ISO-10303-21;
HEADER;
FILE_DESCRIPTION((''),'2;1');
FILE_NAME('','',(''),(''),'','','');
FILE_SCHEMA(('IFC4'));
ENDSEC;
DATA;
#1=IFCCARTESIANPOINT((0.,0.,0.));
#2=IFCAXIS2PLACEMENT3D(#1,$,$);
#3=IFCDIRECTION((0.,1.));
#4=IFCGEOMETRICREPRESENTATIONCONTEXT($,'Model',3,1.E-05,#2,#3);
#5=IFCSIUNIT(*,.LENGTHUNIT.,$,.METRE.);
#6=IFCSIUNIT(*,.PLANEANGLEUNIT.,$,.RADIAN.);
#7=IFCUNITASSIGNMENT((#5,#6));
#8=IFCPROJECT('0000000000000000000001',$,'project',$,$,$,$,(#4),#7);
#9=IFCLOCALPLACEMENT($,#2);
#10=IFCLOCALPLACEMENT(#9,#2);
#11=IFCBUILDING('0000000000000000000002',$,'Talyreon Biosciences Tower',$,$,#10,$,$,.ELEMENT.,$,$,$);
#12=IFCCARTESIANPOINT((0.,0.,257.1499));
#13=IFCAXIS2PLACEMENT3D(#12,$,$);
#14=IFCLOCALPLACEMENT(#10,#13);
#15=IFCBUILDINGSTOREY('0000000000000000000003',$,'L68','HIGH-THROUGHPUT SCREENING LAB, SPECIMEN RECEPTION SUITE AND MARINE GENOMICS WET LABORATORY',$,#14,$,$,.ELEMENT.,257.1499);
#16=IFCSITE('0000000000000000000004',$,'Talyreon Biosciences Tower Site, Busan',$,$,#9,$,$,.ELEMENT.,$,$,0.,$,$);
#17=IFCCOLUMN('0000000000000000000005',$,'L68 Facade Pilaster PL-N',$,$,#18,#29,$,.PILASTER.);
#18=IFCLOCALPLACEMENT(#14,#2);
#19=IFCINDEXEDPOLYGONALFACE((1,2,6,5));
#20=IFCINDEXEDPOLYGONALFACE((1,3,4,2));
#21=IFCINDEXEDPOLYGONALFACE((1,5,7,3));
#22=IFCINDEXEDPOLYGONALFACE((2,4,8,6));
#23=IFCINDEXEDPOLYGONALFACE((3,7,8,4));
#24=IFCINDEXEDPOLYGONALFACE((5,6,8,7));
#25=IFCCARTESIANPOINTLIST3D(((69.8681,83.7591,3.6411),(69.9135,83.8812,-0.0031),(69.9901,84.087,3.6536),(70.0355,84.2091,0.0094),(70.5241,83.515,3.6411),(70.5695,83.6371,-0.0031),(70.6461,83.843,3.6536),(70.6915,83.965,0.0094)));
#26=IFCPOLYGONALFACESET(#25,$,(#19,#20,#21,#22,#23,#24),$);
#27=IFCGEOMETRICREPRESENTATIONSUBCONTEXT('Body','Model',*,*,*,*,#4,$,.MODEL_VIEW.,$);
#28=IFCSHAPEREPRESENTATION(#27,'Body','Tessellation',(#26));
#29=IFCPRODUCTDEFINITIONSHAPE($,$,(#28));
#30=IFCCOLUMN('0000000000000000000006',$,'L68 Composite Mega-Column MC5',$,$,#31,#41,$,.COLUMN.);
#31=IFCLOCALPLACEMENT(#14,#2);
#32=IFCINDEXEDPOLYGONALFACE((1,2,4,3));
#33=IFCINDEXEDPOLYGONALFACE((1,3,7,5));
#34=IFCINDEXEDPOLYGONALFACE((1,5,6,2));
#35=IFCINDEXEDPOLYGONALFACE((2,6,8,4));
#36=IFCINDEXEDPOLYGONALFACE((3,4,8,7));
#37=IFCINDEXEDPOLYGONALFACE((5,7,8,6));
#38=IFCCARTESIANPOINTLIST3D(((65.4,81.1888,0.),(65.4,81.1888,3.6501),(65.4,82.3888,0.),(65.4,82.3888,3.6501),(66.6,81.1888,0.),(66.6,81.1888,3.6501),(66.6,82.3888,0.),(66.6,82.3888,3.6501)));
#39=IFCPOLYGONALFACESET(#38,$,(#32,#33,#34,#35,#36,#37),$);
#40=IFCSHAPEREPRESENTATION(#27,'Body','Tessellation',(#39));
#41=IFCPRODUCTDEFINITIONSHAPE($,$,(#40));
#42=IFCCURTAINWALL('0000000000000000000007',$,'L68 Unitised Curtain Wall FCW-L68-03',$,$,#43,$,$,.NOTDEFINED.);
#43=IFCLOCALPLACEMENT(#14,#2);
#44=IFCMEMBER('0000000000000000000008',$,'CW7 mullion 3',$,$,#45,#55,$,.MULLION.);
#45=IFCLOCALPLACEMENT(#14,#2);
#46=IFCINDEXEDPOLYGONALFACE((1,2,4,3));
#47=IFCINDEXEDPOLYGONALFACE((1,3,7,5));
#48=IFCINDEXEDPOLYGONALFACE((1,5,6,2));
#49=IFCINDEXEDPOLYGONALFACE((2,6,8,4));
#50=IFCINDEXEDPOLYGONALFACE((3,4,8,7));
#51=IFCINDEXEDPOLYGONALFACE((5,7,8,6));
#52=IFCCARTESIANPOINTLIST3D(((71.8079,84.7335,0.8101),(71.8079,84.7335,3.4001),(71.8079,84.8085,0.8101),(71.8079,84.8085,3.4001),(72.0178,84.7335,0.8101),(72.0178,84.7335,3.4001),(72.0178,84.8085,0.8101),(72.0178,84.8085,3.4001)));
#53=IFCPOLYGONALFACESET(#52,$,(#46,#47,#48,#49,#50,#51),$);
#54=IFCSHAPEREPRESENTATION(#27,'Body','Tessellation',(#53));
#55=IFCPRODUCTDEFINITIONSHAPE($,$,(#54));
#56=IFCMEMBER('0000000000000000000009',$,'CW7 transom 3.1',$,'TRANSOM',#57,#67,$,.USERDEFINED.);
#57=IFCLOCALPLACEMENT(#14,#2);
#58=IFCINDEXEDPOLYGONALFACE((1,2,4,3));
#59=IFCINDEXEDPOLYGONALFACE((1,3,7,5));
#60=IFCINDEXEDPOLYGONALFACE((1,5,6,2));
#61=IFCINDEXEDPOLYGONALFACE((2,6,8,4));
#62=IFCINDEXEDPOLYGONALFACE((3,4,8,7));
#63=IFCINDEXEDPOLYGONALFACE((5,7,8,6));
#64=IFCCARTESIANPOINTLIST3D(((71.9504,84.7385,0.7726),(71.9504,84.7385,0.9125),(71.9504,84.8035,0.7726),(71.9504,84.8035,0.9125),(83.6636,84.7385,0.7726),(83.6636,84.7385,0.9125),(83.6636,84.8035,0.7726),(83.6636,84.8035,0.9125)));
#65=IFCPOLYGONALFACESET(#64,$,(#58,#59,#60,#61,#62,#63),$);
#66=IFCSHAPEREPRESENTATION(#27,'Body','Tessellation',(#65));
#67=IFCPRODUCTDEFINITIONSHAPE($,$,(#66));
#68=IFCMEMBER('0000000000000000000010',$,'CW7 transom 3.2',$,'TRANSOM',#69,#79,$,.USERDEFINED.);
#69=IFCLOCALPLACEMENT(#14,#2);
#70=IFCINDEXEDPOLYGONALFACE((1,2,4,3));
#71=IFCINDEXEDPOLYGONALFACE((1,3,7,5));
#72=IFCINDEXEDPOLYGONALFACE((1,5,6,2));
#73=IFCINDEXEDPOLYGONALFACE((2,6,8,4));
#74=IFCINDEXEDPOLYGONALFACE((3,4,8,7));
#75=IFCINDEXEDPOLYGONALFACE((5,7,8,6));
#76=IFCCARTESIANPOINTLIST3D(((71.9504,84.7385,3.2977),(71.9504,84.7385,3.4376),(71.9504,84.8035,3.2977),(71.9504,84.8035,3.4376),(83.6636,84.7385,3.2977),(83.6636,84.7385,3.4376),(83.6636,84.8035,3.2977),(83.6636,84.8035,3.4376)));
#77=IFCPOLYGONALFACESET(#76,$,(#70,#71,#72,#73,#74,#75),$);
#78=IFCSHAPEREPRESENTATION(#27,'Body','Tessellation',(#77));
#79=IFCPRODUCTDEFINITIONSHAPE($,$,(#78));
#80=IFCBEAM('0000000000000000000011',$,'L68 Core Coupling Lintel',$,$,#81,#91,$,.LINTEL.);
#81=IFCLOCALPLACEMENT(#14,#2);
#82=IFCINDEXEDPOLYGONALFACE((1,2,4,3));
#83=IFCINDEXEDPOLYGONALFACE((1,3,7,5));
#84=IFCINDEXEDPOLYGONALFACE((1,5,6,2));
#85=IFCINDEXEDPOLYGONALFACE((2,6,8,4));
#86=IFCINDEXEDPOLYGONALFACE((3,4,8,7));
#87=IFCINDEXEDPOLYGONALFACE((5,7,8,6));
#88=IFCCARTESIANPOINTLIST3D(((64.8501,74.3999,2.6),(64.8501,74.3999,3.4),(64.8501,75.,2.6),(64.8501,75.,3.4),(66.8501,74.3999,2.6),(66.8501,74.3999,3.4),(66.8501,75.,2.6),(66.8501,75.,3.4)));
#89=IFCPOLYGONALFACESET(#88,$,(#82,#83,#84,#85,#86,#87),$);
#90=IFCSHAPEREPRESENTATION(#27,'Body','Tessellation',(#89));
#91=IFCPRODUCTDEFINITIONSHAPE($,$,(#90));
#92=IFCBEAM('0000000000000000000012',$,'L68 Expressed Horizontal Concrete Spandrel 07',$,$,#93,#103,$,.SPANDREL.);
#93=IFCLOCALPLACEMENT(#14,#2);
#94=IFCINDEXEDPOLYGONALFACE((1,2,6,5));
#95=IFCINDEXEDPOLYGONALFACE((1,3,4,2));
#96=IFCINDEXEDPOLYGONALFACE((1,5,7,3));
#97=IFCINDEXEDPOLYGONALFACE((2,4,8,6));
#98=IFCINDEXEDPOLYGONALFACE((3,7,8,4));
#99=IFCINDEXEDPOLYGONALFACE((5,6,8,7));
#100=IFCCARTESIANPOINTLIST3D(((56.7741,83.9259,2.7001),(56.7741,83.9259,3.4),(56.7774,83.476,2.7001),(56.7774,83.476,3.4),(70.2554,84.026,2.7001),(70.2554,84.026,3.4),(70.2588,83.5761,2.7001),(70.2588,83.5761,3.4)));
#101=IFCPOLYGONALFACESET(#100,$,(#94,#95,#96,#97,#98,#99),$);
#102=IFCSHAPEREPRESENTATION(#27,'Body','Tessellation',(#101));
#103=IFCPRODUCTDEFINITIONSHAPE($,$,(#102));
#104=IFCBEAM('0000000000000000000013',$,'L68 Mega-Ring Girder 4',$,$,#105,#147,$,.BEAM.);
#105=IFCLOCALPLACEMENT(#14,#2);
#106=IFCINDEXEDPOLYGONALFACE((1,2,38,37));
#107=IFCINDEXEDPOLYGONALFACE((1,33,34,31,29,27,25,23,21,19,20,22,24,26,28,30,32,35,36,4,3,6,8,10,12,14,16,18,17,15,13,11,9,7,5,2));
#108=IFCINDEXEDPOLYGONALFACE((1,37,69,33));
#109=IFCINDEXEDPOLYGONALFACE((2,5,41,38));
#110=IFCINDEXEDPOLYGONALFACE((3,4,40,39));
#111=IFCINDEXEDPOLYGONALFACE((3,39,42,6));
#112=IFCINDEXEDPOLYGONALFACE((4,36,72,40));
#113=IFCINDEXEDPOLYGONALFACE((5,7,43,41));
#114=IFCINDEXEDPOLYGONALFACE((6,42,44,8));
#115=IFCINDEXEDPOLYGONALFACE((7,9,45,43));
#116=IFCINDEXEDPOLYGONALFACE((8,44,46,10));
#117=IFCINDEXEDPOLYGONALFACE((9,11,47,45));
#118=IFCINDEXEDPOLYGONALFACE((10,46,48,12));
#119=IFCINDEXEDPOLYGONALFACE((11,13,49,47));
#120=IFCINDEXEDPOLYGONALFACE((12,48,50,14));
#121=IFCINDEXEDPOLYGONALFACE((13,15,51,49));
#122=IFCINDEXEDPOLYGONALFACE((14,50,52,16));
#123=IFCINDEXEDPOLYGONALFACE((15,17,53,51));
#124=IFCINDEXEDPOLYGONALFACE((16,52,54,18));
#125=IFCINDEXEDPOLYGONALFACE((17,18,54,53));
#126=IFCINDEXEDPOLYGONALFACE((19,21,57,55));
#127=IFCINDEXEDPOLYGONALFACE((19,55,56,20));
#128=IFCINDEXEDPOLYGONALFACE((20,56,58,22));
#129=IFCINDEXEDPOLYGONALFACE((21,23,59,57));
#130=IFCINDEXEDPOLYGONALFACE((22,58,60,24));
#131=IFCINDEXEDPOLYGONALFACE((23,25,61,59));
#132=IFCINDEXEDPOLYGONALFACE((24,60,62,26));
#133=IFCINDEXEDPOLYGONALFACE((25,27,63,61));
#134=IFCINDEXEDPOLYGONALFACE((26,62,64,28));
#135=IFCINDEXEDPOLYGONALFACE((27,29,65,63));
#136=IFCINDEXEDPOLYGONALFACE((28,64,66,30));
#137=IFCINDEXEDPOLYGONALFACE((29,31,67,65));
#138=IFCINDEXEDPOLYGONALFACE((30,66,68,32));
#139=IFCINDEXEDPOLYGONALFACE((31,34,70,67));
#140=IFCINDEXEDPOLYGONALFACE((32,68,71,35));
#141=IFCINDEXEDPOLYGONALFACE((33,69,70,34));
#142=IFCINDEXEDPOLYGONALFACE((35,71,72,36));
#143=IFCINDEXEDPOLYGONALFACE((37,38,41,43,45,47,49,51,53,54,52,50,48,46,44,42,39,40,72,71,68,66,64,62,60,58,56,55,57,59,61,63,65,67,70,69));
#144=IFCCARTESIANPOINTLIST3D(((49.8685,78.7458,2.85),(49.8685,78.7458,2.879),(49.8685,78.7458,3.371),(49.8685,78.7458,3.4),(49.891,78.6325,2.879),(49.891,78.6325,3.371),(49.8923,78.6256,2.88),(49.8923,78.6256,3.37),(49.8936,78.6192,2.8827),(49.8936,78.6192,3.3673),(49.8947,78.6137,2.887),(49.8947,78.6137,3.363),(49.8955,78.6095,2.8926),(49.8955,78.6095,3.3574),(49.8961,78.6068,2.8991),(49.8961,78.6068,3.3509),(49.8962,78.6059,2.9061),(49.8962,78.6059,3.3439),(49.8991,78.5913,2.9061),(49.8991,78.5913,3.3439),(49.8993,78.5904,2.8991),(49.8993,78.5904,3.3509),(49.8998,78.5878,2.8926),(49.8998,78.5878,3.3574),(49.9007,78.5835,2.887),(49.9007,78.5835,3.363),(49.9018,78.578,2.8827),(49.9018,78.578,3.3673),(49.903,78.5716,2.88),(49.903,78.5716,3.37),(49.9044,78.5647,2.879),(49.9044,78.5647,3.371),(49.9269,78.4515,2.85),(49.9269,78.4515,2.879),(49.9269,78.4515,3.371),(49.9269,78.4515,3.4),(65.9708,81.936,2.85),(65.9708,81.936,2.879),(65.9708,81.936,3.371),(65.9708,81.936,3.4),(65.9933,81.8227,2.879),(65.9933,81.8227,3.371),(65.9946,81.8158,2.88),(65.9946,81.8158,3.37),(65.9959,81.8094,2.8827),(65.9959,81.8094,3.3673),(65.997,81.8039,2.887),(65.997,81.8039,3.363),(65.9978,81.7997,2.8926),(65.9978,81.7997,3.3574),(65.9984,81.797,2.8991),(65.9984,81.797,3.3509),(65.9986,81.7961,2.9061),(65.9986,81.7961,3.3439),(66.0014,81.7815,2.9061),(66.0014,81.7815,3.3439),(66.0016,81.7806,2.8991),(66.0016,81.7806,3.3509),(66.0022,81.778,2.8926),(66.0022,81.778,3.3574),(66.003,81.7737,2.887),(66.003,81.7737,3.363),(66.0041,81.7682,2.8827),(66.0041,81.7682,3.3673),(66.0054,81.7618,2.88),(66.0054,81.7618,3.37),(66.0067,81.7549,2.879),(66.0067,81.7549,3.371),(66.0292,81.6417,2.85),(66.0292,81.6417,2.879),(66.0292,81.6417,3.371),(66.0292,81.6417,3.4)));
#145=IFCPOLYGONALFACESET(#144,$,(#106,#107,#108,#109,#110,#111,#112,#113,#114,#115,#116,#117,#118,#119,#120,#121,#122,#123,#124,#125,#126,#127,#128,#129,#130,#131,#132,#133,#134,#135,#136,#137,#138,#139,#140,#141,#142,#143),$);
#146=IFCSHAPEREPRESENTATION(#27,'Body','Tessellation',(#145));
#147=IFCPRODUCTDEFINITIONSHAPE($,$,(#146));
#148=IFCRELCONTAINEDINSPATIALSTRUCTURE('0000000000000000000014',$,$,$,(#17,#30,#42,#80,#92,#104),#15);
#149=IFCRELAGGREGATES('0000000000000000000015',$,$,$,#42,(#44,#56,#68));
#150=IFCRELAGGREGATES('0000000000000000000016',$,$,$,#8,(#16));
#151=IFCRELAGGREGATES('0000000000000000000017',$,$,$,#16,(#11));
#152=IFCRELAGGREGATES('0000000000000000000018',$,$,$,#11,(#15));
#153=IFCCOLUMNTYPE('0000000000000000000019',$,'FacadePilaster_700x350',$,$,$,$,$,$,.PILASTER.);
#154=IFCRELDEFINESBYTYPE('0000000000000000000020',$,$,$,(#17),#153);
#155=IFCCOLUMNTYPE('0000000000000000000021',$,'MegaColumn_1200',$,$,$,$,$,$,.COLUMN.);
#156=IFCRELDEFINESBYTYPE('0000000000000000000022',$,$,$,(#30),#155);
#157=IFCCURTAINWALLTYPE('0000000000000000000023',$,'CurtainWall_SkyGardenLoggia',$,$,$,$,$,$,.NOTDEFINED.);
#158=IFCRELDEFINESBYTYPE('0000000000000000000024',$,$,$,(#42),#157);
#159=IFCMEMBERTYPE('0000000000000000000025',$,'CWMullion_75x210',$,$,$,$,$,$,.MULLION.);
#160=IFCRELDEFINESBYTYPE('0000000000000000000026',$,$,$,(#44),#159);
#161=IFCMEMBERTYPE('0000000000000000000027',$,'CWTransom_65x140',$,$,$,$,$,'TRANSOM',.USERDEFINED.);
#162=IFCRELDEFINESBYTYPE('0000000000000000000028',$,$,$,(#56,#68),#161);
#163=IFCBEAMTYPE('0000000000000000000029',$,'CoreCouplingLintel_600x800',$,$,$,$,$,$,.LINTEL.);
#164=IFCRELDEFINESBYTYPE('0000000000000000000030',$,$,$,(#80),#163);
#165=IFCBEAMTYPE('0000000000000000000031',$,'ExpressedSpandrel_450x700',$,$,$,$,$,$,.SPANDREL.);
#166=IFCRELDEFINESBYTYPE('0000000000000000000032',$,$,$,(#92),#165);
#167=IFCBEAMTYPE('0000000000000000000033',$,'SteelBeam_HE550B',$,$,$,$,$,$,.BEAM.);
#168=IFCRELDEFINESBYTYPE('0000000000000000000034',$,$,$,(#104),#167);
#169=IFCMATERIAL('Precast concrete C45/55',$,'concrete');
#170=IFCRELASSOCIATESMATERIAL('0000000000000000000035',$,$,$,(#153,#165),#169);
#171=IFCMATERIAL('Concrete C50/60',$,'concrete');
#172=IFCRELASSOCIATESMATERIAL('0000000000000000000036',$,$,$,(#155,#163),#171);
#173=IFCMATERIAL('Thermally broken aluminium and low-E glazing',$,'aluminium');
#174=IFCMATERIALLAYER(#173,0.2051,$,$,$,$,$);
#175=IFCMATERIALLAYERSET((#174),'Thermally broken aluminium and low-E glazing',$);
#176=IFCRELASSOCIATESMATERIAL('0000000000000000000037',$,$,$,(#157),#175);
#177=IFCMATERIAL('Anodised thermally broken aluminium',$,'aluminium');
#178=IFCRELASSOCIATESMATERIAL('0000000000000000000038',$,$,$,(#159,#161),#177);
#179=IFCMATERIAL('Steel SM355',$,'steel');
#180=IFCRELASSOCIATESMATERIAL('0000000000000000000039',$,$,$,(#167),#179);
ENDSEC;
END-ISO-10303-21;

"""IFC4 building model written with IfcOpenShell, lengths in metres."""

from ifc_helpers import new_model, si_unit, direction, frame, origin, origin_2d, place, context, subcontext, project, spatial, rectangle, i_section, extrude, material, layer, layer_set, material_profile, profile_set, type_object, element, aggregate, save


model = new_model("IFC4")

# Units and contexts
model_context = context("Model", 3, precision=1e-05, world=origin(), true_north=direction((0.0, 1.0)))
body_context = subcontext(model_context, "Body", "Model", "MODEL_VIEW")
ifc_project = project(units=[si_unit("LENGTHUNIT", "METRE"), si_unit("PLANEANGLEUNIT", "RADIAN")], contexts=[model_context])

# Site, building, storey
site_placement = place(None, origin())
site = spatial("IfcSite", under=ifc_project, at=site_placement, Name="Talyreon Biosciences Tower Site, Busan", CompositionType="ELEMENT", RefElevation=0.0)
building_placement = place(site_placement, origin())
building = spatial("IfcBuilding", under=site, at=building_placement, Name="Talyreon Biosciences Tower", CompositionType="ELEMENT")
storey_placement = place(building_placement, frame((0.0, 0.0, 257.1499)))
storey = spatial("IfcBuildingStorey", under=building, at=storey_placement, Name="L68", Description="HIGH-THROUGHPUT SCREENING LAB, SPECIMEN RECEPTION SUITE AND MARINE GENOMICS WET LABORATORY", CompositionType="ELEMENT", Elevation=257.1499)

# Columns
ifc_material_1 = material(Name="Precast concrete C45/55", Category="concrete")
ifc_material_profile_1 = material_profile(ifc_material_1, rectangle(XDim=0.7, YDim=0.3501, at=origin_2d()), Name="RC 700x350")
ifc_profile_set_1 = profile_set([ifc_material_profile_1], Name="Precast concrete C45/55")
column_type_1 = type_object("IfcColumnType", Name="FacadePilaster_700x350", PredefinedType="PILASTER", material=ifc_profile_set_1)
column_1_placement = place(storey_placement, frame((70.3025, 83.9231, 0.0032), z_axis=(-0.012454, -0.033477, 0.999362), x_axis=(-0.93725, 0.348657, 0.0)))
element("IfcColumn", 1, at=column_1_placement, inside=storey, type_object=column_type_1, Name="L68 Facade Pilaster PL-N", PredefinedType="PILASTER", context=body_context, shape_type="SweptSolid", body=[
    extrude(rectangle(XDim=0.7, YDim=0.3501, at=origin_2d()), origin(), (0.0, 0.0, 1.0), 3.6465),
])
ifc_material_2 = material(Name="Concrete C50/60", Category="concrete")
ifc_material_profile_2 = material_profile(ifc_material_2, rectangle(XDim=1.2, YDim=1.2, at=origin_2d()), Name="RC 1200x1200")
ifc_profile_set_2 = profile_set([ifc_material_profile_2], Name="Concrete C50/60")
column_type_2 = type_object("IfcColumnType", Name="MegaColumn_1200", PredefinedType="COLUMN", material=ifc_profile_set_2)
column_2_placement = place(storey_placement, frame((66.0, 81.7888, 0.0), z_axis=(0.0, 0.0, 1.0), x_axis=(1.0, 0.0, 0.0)))
element("IfcColumn", 2, at=column_2_placement, inside=storey, type_object=column_type_2, Name="L68 Composite Mega-Column MC5", PredefinedType="COLUMN", context=body_context, shape_type="SweptSolid", body=[
    extrude(rectangle(XDim=1.2, YDim=1.2, at=origin_2d()), origin(), (0.0, 0.0, 1.0), 3.6501),
])

# Curtain wall, members
ifc_material_3 = material(Name="Thermally broken aluminium and low-E glazing", Category="aluminium")
ifc_layer_1 = layer(ifc_material_3, 0.2051)
ifc_layer_set_1 = layer_set([ifc_layer_1], Name="Thermally broken aluminium and low-E glazing")
curtain_wall_type = type_object("IfcCurtainWallType", Name="CurtainWall_SkyGardenLoggia", PredefinedType="NOTDEFINED", material=ifc_layer_set_1)
curtain_wall_placement = place(storey_placement, origin())
curtain_wall = element("IfcCurtainWall", 3, at=curtain_wall_placement, inside=storey, type_object=curtain_wall_type, Name="L68 Unitised Curtain Wall FCW-L68-03", PredefinedType="NOTDEFINED")
ifc_material_4 = material(Name="Anodised thermally broken aluminium", Category="aluminium")
ifc_material_profile_3 = material_profile(ifc_material_4, rectangle(XDim=0.075, YDim=0.21, at=origin_2d()), Name="ALUM MULLION 75x210")
ifc_profile_set_3 = profile_set([ifc_material_profile_3], Name="Anodised thermally broken aluminium")
member_type_1 = type_object("IfcMemberType", Name="CWMullion_75x210", PredefinedType="MULLION", material=ifc_profile_set_3)
member_1_placement = place(storey_placement, frame((71.9128, 84.771, 0.8101), z_axis=(0.0, 0.0, 1.0), x_axis=(0.0, 1.0, 0.0)))
member_1 = element("IfcMember", 4, at=member_1_placement, type_object=member_type_1, Name="CW7 mullion 3", PredefinedType="MULLION", context=body_context, shape_type="SweptSolid", body=[
    extrude(rectangle(XDim=0.075, YDim=0.21, at=origin_2d()), origin(), (0.0, 0.0, 1.0), 2.5901),
])
ifc_material_profile_4 = material_profile(ifc_material_4, rectangle(XDim=0.0649, YDim=0.1399, at=origin_2d()), Name="ALUM TRANSOM 65x140")
ifc_profile_set_4 = profile_set([ifc_material_profile_4], Name="Anodised thermally broken aluminium")
member_type_2 = type_object("IfcMemberType", Name="CWTransom_65x140", ElementType="TRANSOM", PredefinedType="USERDEFINED", material=ifc_profile_set_4)
member_2_placement = place(storey_placement, frame((71.9504, 84.771, 0.8425), z_axis=(1.0, 0.0, 0.0), x_axis=(0.0, 1.0, 0.0)))
member_2 = element("IfcMember", 5, at=member_2_placement, type_object=member_type_2, Name="CW7 transom 3.1", ObjectType="TRANSOM", PredefinedType="USERDEFINED", context=body_context, shape_type="SweptSolid", body=[
    extrude(rectangle(XDim=0.0649, YDim=0.1399, at=origin_2d()), origin(), (0.0, 0.0, 1.0), 11.7131),
])
member_3_placement = place(storey_placement, frame((71.9504, 84.771, 3.3677), z_axis=(1.0, 0.0, 0.0), x_axis=(0.0, 1.0, 0.0)))
member_3 = element("IfcMember", 6, at=member_3_placement, type_object=member_type_2, Name="CW7 transom 3.2", ObjectType="TRANSOM", PredefinedType="USERDEFINED", context=body_context, shape_type="SweptSolid", body=[
    extrude(rectangle(XDim=0.0649, YDim=0.1399, at=origin_2d()), origin(), (0.0, 0.0, 1.0), 11.7131),
])

# Beams
ifc_material_profile_5 = material_profile(ifc_material_2, rectangle(XDim=0.6001, YDim=0.8, at=origin_2d()), Name="RCB 600x800")
ifc_profile_set_5 = profile_set([ifc_material_profile_5], Name="Concrete C50/60")
beam_type_1 = type_object("IfcBeamType", Name="CoreCouplingLintel_600x800", PredefinedType="LINTEL", material=ifc_profile_set_5)
beam_1_placement = place(storey_placement, frame((64.8501, 74.7, 3.0), z_axis=(1.0, 0.0, 0.0), x_axis=(0.0, 1.0, 0.0)))
element("IfcBeam", 7, at=beam_1_placement, inside=storey, type_object=beam_type_1, Name="L68 Core Coupling Lintel", PredefinedType="LINTEL", context=body_context, shape_type="SweptSolid", body=[
    extrude(rectangle(XDim=0.6001, YDim=0.8, at=origin_2d()), origin(), (0.0, 0.0, 1.0), 2.0),
])
ifc_material_profile_6 = material_profile(ifc_material_1, rectangle(XDim=0.45, YDim=0.7, at=origin_2d()), Name="RCB 450x700")
ifc_profile_set_6 = profile_set([ifc_material_profile_6], Name="Precast concrete C45/55")
beam_type_2 = type_object("IfcBeamType", Name="ExpressedSpandrel_450x700", PredefinedType="SPANDREL", material=ifc_profile_set_6)
beam_2_placement = place(storey_placement, frame((70.2571, 83.801, 3.05), z_axis=(-0.999972, -0.007425, 0.0), x_axis=(0.007425, -0.999972, 0.0)))
element("IfcBeam", 8, at=beam_2_placement, inside=storey, type_object=beam_type_2, Name="L68 Expressed Horizontal Concrete Spandrel 07", PredefinedType="SPANDREL", context=body_context, shape_type="SweptSolid", body=[
    extrude(rectangle(XDim=0.45, YDim=0.7, at=origin_2d()), origin(), (0.0, 0.0, 1.0), 13.4817),
])
ifc_material_5 = material(Name="Steel SM355", Category="steel")
ifc_material_profile_7 = material_profile(ifc_material_5, i_section(OverallWidth=0.3, OverallDepth=0.55, WebThickness=0.0149, FlangeThickness=0.0291, FilletRadius=0.0271, at=origin_2d()), Name="HE550B")
ifc_profile_set_7 = profile_set([ifc_material_profile_7], Name="Steel SM355")
beam_type_3 = type_object("IfcBeamType", Name="SteelBeam_HE550B", PredefinedType="BEAM", material=ifc_profile_set_7)
beam_3_placement = place(storey_placement, frame((66.0, 81.7888, 3.125), z_axis=(-0.980934, -0.194343, 0.0), x_axis=(0.194343, -0.980934, 0.0)))
element("IfcBeam", 9, at=beam_3_placement, inside=storey, type_object=beam_type_3, Name="L68 Mega-Ring Girder 4", PredefinedType="BEAM", context=body_context, shape_type="SweptSolid", body=[
    extrude(i_section(OverallWidth=0.3, OverallDepth=0.55, WebThickness=0.0149, FlangeThickness=0.0291, FilletRadius=0.0271, at=origin_2d()), origin(), (0.0, 0.0, 1.0), 16.4153),
])

aggregate(curtain_wall, [member_1, member_2, member_3])

save(model, "model.ifc")
